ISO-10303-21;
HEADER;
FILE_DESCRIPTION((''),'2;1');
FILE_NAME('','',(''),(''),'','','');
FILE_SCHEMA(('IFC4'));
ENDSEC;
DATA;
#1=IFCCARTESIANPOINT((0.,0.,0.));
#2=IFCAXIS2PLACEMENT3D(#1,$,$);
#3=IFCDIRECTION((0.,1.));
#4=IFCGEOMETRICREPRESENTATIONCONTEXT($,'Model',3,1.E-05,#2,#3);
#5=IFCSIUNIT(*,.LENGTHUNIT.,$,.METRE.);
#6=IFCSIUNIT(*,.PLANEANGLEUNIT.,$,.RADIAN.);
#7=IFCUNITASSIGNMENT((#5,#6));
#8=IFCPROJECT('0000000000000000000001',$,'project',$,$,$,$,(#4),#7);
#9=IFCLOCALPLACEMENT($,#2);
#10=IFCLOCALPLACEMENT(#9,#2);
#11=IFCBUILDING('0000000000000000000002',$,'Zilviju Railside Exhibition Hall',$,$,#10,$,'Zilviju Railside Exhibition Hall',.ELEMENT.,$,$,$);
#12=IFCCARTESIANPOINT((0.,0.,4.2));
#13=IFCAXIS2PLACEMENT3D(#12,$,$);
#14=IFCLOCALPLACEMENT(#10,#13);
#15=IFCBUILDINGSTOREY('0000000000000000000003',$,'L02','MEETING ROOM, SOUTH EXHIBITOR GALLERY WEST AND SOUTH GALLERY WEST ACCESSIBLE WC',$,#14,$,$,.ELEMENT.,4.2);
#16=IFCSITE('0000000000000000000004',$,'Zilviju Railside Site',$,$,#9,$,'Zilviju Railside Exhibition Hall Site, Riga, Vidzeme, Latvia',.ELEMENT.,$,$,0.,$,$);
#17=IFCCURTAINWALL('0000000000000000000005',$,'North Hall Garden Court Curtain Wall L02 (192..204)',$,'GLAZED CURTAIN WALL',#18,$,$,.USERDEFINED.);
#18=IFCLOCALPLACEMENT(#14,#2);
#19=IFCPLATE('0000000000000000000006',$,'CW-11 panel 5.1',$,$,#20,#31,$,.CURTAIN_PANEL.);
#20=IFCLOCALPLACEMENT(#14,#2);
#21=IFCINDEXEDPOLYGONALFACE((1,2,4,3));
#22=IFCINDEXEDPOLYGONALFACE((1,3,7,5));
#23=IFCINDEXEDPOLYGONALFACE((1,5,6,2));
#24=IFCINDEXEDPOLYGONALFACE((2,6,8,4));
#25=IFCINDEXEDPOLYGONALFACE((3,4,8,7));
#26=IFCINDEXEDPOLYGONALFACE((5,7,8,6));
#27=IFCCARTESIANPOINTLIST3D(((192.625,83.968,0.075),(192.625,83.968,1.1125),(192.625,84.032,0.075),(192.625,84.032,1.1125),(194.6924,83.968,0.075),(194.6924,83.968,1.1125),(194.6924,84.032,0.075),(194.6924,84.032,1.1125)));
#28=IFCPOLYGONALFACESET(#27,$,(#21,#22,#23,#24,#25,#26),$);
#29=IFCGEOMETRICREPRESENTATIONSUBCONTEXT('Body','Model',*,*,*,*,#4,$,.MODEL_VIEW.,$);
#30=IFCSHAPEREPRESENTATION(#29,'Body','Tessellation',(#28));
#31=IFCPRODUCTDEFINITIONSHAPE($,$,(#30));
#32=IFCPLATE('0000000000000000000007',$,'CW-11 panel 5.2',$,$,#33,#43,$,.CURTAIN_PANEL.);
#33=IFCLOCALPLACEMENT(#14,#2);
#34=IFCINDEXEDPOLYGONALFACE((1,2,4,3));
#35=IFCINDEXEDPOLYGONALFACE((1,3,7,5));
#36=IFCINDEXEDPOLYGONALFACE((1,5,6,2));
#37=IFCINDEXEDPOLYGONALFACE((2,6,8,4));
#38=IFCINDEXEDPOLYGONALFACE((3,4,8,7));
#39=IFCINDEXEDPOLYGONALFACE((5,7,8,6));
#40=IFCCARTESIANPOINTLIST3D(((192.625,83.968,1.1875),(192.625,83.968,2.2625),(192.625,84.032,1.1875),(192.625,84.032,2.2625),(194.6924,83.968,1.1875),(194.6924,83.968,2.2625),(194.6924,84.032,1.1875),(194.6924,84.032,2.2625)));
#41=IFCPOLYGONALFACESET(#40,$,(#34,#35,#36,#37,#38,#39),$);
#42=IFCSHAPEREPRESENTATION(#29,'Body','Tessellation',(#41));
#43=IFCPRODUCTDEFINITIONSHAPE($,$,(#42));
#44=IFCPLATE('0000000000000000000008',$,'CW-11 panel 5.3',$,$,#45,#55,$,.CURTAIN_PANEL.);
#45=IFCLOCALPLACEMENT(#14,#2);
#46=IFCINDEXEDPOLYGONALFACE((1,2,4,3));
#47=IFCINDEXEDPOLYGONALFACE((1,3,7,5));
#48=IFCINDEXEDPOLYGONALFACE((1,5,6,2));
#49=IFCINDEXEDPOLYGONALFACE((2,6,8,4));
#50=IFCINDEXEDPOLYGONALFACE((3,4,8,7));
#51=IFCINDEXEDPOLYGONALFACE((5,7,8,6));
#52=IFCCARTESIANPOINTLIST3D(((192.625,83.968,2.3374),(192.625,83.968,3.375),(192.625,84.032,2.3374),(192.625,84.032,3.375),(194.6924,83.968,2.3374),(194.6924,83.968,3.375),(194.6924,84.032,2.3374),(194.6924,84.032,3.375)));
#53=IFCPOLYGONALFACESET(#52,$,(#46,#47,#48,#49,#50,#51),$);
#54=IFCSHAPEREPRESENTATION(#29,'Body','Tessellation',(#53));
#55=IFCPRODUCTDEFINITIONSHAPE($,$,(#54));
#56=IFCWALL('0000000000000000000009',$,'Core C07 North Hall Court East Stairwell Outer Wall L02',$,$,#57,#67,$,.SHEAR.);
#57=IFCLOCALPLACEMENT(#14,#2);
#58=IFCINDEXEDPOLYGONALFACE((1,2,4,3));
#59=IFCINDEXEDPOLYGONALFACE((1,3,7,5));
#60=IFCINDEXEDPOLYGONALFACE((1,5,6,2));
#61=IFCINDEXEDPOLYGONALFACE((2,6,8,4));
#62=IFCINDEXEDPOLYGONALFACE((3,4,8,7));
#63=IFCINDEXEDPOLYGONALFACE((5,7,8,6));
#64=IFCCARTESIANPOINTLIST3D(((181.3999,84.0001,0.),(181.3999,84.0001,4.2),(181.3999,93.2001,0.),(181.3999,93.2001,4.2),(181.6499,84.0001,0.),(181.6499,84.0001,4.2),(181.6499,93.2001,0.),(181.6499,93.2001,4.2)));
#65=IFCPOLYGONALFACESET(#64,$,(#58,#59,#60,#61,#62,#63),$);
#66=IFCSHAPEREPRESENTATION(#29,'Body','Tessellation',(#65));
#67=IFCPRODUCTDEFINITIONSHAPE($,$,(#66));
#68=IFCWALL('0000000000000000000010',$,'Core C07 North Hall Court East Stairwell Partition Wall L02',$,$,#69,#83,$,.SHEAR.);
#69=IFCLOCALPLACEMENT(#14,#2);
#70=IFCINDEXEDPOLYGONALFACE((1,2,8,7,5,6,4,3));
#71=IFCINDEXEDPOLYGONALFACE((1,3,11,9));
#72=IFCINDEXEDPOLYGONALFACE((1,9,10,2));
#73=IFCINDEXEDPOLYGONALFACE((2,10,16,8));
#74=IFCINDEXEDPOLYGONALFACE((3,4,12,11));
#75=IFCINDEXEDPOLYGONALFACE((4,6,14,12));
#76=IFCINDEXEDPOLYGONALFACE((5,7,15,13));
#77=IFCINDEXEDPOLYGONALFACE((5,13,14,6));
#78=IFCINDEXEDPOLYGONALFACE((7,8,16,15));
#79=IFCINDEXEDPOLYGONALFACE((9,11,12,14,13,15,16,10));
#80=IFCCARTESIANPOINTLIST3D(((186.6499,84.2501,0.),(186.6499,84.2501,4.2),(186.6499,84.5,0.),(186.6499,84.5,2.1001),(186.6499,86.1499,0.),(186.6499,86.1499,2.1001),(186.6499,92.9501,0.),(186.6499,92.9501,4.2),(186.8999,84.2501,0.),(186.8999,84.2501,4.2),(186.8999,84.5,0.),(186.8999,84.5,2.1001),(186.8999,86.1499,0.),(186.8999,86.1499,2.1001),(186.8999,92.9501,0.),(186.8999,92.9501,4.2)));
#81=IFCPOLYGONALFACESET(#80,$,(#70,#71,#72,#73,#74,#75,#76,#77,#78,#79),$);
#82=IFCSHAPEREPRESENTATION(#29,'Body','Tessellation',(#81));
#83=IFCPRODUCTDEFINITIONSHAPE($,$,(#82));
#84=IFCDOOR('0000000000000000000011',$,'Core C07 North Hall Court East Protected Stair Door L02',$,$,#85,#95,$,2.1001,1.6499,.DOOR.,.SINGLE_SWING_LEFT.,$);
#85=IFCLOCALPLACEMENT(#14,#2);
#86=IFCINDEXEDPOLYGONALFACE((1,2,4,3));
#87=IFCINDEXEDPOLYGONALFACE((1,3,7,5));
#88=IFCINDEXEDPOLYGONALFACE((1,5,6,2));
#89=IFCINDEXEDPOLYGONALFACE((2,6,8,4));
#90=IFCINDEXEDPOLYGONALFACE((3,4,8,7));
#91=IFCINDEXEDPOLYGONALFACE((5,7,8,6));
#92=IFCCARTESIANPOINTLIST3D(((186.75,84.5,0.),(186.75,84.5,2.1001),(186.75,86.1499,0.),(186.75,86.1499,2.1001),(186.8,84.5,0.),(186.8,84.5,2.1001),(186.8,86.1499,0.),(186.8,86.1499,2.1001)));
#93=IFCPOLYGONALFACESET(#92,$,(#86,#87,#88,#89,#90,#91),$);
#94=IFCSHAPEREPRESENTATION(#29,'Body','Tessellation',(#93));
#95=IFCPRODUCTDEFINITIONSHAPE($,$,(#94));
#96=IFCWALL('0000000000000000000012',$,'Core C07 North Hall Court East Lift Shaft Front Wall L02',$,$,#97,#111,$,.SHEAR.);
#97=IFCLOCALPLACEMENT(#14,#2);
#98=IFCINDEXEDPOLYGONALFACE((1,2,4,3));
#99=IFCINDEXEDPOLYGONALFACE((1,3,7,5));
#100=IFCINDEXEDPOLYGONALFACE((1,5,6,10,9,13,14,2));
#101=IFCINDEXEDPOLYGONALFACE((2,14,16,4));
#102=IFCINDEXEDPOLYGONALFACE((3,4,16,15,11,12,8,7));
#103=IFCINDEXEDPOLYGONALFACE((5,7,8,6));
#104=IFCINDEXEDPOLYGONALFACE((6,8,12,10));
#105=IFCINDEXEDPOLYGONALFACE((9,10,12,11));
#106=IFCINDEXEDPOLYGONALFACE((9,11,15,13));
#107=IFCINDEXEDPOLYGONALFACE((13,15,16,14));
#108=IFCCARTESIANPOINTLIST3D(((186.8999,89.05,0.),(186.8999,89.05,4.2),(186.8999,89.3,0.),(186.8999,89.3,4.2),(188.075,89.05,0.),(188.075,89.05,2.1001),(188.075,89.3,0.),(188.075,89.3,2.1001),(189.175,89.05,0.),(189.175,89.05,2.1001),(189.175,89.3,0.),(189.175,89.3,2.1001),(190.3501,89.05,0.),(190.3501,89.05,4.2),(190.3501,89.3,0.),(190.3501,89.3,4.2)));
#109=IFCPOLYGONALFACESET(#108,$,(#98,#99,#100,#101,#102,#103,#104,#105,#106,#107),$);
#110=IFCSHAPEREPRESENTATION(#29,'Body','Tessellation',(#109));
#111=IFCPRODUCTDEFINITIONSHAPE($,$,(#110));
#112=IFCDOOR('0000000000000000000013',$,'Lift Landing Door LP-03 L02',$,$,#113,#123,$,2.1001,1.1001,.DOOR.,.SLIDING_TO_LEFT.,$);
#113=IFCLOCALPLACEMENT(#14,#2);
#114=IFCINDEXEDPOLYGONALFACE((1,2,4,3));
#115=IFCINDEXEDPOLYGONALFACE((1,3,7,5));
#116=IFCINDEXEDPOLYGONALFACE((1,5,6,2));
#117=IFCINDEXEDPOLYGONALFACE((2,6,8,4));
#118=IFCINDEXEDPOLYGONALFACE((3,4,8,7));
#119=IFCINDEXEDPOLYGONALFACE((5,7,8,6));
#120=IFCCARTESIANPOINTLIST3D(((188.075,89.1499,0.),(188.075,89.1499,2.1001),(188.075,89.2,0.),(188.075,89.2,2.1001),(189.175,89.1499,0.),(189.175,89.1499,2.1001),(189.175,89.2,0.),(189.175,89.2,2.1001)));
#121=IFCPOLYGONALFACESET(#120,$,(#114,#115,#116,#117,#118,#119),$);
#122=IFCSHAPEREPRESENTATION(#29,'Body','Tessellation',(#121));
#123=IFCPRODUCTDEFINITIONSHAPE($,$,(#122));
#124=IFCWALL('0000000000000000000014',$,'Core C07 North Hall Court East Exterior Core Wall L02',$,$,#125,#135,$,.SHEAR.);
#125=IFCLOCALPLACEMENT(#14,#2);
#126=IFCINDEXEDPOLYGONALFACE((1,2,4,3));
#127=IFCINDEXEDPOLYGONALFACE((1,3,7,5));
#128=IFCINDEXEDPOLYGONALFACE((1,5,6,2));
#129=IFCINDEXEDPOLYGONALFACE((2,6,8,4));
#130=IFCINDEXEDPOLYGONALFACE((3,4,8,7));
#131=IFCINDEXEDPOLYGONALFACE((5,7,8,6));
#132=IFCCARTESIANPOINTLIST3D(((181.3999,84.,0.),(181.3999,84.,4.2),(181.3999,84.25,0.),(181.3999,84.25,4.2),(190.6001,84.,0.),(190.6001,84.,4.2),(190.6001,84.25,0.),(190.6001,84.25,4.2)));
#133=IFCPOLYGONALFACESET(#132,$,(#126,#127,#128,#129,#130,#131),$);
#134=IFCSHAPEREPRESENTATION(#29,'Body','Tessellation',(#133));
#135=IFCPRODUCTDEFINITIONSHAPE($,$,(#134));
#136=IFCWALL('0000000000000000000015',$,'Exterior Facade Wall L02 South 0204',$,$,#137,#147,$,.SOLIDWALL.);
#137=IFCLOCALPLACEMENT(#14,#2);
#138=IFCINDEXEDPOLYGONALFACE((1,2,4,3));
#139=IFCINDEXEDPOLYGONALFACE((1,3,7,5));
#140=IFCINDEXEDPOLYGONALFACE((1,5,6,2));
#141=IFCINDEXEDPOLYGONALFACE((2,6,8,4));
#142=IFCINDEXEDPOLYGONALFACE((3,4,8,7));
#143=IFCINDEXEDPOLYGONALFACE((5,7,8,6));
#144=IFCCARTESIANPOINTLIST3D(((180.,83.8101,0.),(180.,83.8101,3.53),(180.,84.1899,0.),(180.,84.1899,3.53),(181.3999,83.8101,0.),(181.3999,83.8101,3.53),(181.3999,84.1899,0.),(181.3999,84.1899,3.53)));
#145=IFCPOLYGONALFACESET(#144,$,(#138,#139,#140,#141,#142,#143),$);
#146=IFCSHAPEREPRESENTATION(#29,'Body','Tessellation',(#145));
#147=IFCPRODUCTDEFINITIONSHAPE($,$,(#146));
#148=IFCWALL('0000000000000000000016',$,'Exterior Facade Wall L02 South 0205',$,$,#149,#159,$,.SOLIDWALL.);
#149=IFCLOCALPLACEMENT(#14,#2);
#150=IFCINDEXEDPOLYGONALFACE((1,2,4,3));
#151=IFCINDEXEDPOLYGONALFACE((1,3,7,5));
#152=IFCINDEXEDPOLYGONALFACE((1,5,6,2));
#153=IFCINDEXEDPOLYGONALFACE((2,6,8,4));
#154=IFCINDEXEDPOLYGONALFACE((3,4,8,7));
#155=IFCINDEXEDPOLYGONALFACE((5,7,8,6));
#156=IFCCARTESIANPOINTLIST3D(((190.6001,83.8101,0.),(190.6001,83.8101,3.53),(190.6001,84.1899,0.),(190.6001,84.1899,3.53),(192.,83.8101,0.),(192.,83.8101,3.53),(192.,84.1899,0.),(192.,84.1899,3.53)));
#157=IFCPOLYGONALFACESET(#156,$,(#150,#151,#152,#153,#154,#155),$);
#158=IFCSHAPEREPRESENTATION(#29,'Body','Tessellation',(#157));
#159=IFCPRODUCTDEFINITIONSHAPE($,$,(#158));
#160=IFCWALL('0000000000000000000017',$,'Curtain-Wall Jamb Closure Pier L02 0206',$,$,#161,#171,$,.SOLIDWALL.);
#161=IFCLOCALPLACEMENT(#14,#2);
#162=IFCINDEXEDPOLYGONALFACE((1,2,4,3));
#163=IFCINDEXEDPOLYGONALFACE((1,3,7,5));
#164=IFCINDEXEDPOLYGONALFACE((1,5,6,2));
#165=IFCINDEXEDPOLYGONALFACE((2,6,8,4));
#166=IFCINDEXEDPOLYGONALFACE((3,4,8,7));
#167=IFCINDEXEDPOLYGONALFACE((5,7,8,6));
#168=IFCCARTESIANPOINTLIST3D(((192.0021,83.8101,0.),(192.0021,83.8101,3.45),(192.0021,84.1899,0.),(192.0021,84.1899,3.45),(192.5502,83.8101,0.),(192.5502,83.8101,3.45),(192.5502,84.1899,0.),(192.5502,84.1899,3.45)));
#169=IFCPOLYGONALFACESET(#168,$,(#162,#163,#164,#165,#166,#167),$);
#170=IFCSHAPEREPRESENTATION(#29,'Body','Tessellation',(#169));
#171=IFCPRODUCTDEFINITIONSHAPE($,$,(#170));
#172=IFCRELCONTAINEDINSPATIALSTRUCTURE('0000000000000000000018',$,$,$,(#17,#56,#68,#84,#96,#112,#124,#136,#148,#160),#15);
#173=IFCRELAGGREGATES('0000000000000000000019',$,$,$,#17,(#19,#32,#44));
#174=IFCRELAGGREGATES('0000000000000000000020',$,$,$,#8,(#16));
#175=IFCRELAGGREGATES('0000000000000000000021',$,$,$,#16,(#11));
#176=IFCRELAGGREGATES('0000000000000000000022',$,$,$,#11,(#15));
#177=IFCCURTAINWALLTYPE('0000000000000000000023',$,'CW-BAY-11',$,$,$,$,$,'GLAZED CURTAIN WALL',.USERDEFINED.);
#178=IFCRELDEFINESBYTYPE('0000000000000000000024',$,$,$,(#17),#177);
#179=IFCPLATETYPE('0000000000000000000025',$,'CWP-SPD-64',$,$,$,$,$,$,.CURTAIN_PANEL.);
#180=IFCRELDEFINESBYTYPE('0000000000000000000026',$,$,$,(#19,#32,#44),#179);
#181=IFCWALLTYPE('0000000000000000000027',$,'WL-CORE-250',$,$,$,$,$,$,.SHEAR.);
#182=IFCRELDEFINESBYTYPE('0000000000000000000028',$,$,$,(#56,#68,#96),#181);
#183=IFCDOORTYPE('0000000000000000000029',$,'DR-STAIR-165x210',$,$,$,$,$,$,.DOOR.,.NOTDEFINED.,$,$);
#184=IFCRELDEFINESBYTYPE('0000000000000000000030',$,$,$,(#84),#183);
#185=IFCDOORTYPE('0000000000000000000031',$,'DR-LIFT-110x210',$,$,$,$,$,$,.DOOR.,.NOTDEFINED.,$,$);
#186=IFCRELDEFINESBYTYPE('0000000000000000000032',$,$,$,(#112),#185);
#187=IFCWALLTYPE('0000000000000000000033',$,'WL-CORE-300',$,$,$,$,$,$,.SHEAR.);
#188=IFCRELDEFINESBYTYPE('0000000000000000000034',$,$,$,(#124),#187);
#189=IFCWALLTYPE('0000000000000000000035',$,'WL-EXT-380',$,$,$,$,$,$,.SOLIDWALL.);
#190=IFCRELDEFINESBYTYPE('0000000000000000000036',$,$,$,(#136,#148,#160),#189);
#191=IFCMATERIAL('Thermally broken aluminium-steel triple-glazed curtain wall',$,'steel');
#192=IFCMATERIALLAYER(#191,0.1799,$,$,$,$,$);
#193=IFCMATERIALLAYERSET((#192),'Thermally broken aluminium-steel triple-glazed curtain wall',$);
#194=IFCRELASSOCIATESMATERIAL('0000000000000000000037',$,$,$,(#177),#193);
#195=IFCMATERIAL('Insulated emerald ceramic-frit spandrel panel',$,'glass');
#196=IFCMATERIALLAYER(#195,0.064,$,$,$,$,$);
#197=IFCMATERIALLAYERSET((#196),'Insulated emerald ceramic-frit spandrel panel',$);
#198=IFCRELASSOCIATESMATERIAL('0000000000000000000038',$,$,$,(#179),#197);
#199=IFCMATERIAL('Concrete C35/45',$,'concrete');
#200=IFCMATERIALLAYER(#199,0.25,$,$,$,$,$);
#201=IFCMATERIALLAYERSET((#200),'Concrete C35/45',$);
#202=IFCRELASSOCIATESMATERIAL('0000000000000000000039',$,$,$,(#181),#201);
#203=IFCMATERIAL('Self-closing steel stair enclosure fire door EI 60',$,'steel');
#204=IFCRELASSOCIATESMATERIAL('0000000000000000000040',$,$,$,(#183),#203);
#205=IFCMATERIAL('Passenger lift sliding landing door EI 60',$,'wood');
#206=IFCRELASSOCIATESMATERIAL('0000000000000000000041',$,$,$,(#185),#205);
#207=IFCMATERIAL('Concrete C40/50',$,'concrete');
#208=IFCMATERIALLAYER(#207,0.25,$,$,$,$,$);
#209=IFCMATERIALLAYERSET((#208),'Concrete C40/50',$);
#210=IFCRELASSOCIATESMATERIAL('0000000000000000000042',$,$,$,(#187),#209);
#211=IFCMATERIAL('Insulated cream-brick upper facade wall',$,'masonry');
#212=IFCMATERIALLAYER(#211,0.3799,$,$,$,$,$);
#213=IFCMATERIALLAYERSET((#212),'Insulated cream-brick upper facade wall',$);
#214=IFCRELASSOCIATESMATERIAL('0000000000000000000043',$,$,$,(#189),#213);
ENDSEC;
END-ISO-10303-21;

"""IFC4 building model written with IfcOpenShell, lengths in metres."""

from ifc_helpers import new_model, si_unit, direction, frame, frame_2d, origin, origin_2d, place, context, subcontext, project, spatial, rectangle, extrude, material, layer, layer_set, type_object, element, fill, aggregate, save


model = new_model("IFC4")

# Units and contexts
model_context = context("Model", 3, precision=1e-05, world=origin(), true_north=direction((0.0, 1.0)))
body_context = subcontext(model_context, "Body", "Model", "MODEL_VIEW")
ifc_project = project(units=[si_unit("LENGTHUNIT", "METRE"), si_unit("PLANEANGLEUNIT", "RADIAN")], contexts=[model_context])

# Site, building, storey
site_placement = place(None, origin())
site = spatial("IfcSite", under=ifc_project, at=site_placement, Name="Zilviju Railside Site", LongName="Zilviju Railside Exhibition Hall Site, Riga, Vidzeme, Latvia", CompositionType="ELEMENT", RefElevation=0.0)
building_placement = place(site_placement, origin())
building = spatial("IfcBuilding", under=site, at=building_placement, Name="Zilviju Railside Exhibition Hall", LongName="Zilviju Railside Exhibition Hall", CompositionType="ELEMENT")
storey_placement = place(building_placement, frame((0.0, 0.0, 4.2)))
storey = spatial("IfcBuildingStorey", under=building, at=storey_placement, Name="L02", Description="MEETING ROOM, SOUTH EXHIBITOR GALLERY WEST AND SOUTH GALLERY WEST ACCESSIBLE WC", CompositionType="ELEMENT", Elevation=4.2)

# Shared definitions
ifc_material_1 = material(Name="Concrete C40/50", Category="concrete")

# Curtain wall, plates
ifc_material_2 = material(Name="Thermally broken aluminium-steel triple-glazed curtain wall", Category="steel")
ifc_layer_1 = layer(ifc_material_2, 0.1799)
ifc_layer_set_1 = layer_set([ifc_layer_1], Name="Thermally broken aluminium-steel triple-glazed curtain wall")
curtain_wall_type = type_object("IfcCurtainWallType", Name="CW-BAY-11", ElementType="GLAZED CURTAIN WALL", PredefinedType="USERDEFINED", material=ifc_layer_set_1)
curtain_wall_placement = place(storey_placement, origin())
curtain_wall = element("IfcCurtainWall", 1, at=curtain_wall_placement, inside=storey, type_object=curtain_wall_type, Name="North Hall Garden Court Curtain Wall L02 (192..204)", ObjectType="GLAZED CURTAIN WALL", PredefinedType="USERDEFINED")
ifc_material_3 = material(Name="Insulated emerald ceramic-frit spandrel panel", Category="glass")
ifc_layer_2 = layer(ifc_material_3, 0.064)
ifc_layer_set_2 = layer_set([ifc_layer_2], Name="Insulated emerald ceramic-frit spandrel panel")
plate_type = type_object("IfcPlateType", Name="CWP-SPD-64", PredefinedType="CURTAIN_PANEL", material=ifc_layer_set_2)
plate_1_placement = place(storey_placement, frame((193.6587, 84.0, 0.075), z_axis=(0.0, 0.0, 1.0), x_axis=(-1.0, 0.0, 0.0)))
plate_1 = element("IfcPlate", 2, at=plate_1_placement, type_object=plate_type, Name="CW-11 panel 5.1", PredefinedType="CURTAIN_PANEL", context=body_context, shape_type="SweptSolid", body=[
    extrude(rectangle(XDim=2.0674, YDim=0.064, at=origin_2d()), origin(), (0.0, 0.0, 1.0), 1.0376),
])
plate_2_placement = place(storey_placement, frame((193.6587, 84.0, 1.1875), z_axis=(0.0, 0.0, 1.0), x_axis=(-1.0, 0.0, 0.0)))
plate_2 = element("IfcPlate", 3, at=plate_2_placement, type_object=plate_type, Name="CW-11 panel 5.2", PredefinedType="CURTAIN_PANEL", context=body_context, shape_type="SweptSolid", body=[
    extrude(rectangle(XDim=2.0674, YDim=0.064, at=origin_2d()), origin(), (0.0, 0.0, 1.0), 1.075),
])
plate_3_placement = place(storey_placement, frame((193.6587, 84.0, 2.3374), z_axis=(0.0, 0.0, 1.0), x_axis=(-1.0, 0.0, 0.0)))
plate_3 = element("IfcPlate", 4, at=plate_3_placement, type_object=plate_type, Name="CW-11 panel 5.3", PredefinedType="CURTAIN_PANEL", context=body_context, shape_type="SweptSolid", body=[
    extrude(rectangle(XDim=2.0674, YDim=0.064, at=origin_2d()), origin(), (0.0, 0.0, 1.0), 1.0376),
])
aggregate(curtain_wall, [plate_1, plate_2, plate_3])

# Wall
ifc_material_4 = material(Name="Concrete C35/45", Category="concrete")
ifc_layer_3 = layer(ifc_material_4, 0.25)
ifc_layer_set_3 = layer_set([ifc_layer_3], Name="Concrete C35/45")
wall_type_1 = type_object("IfcWallType", Name="WL-CORE-250", PredefinedType="SHEAR", material=ifc_layer_set_3)
wall_1_placement = place(storey_placement, frame((181.5249, 84.0, 0.0), z_axis=(0.0, 0.0, 1.0), x_axis=(0.0, 1.0, 0.0)))
element("IfcWall", 5, at=wall_1_placement, inside=storey, type_object=wall_type_1, Name="Core C07 North Hall Court East Stairwell Outer Wall L02", PredefinedType="SHEAR", context=body_context, shape_type="SweptSolid", body=[
    extrude(rectangle(XDim=9.2, YDim=0.25, at=frame_2d((4.6001, 0.0))), origin(), (0.0, 0.0, 1.0), 4.2),
])

# Walls, openings, doors
wall_2_placement = place(storey_placement, frame((186.7749, 84.25, 0.0), z_axis=(0.0, 0.0, 1.0), x_axis=(0.0, 1.0, 0.0)))
wall_2 = element("IfcWall", 6, at=wall_2_placement, inside=storey, type_object=wall_type_1, Name="Core C07 North Hall Court East Stairwell Partition Wall L02", PredefinedType="SHEAR", context=body_context, shape_type="SweptSolid", body=[
    extrude(rectangle(XDim=8.7, YDim=0.25, at=frame_2d((4.3501, 0.0))), origin(), (0.0, 0.0, 1.0), 4.2),
])
opening_1_placement = place(wall_2_placement, frame((0.25, 0.0, 0.0)))
opening_1 = element("IfcOpeningElement", 7, at=opening_1_placement, cuts=wall_2, PredefinedType="OPENING", context=body_context, shape_type="SweptSolid", body=[
    extrude(rectangle(XDim=1.6499, YDim=2.1001, at=frame_2d((0.825, 1.05))), frame((0.0, 0.135, 0.0), z_axis=(0.0, -1.0, 0.0), x_axis=(1.0, 0.0, 0.0)), (0.0, 0.0, 1.0), 0.27),
])
ifc_material_5 = material(Name="Self-closing steel stair enclosure fire door EI 60", Category="steel")
door_type_1 = type_object("IfcDoorType", Name="DR-STAIR-165x210", OperationType="NOTDEFINED", PredefinedType="DOOR", material=ifc_material_5)
door_1_placement = place(opening_1_placement, origin())
door_1 = element("IfcDoor", 8, at=door_1_placement, inside=storey, type_object=door_type_1, Name="Core C07 North Hall Court East Protected Stair Door L02", OperationType="SINGLE_SWING_LEFT", OverallHeight=2.1001, OverallWidth=1.6499, PredefinedType="DOOR", context=body_context, shape_type="SweptSolid", body=[
    extrude(rectangle(XDim=1.6499, YDim=2.1001, at=frame_2d((0.825, 1.05))), frame((0.0, 0.0249, 0.0), z_axis=(0.0, -1.0, 0.0), x_axis=(1.0, 0.0, 0.0)), (0.0, 0.0, 1.0), 0.05),
])
fill(opening_1, door_1)
wall_3_placement = place(storey_placement, frame((186.8999, 89.175, 0.0), z_axis=(0.0, 0.0, 1.0), x_axis=(1.0, 0.0, 0.0)))
wall_3 = element("IfcWall", 9, at=wall_3_placement, inside=storey, type_object=wall_type_1, Name="Core C07 North Hall Court East Lift Shaft Front Wall L02", PredefinedType="SHEAR", context=body_context, shape_type="SweptSolid", body=[
    extrude(rectangle(XDim=3.4502, YDim=0.25, at=frame_2d((1.7251, 0.0))), origin(), (0.0, 0.0, 1.0), 4.2),
])
opening_2_placement = place(wall_3_placement, frame((1.175, 0.0, 0.0)))
opening_2 = element("IfcOpeningElement", 10, at=opening_2_placement, cuts=wall_3, PredefinedType="OPENING", context=body_context, shape_type="SweptSolid", body=[
    extrude(rectangle(XDim=1.1001, YDim=2.1001, at=frame_2d((0.55, 1.05))), frame((0.0, 0.135, 0.0), z_axis=(0.0, -1.0, 0.0), x_axis=(1.0, 0.0, 0.0)), (0.0, 0.0, 1.0), 0.27),
])
ifc_material_6 = material(Name="Passenger lift sliding landing door EI 60", Category="wood")
door_type_2 = type_object("IfcDoorType", Name="DR-LIFT-110x210", OperationType="NOTDEFINED", PredefinedType="DOOR", material=ifc_material_6)
door_2_placement = place(opening_2_placement, origin())
door_2 = element("IfcDoor", 11, at=door_2_placement, inside=storey, type_object=door_type_2, Name="Lift Landing Door LP-03 L02", OperationType="SLIDING_TO_LEFT", OverallHeight=2.1001, OverallWidth=1.1001, PredefinedType="DOOR", context=body_context, shape_type="SweptSolid", body=[
    extrude(rectangle(XDim=1.1001, YDim=2.1001, at=frame_2d((0.55, 1.05))), frame((0.0, 0.0249, 0.0), z_axis=(0.0, -1.0, 0.0), x_axis=(1.0, 0.0, 0.0)), (0.0, 0.0, 1.0), 0.05),
])
fill(opening_2, door_2)

# Walls
ifc_layer_4 = layer(ifc_material_1, 0.25)
ifc_layer_set_4 = layer_set([ifc_layer_4], Name="Concrete C40/50")
wall_type_2 = type_object("IfcWallType", Name="WL-CORE-300", PredefinedType="SHEAR", material=ifc_layer_set_4)
wall_4_placement = place(storey_placement, frame((190.6001, 84.125, 0.0), z_axis=(0.0, 0.0, 1.0), x_axis=(-1.0, 0.0, 0.0)))
element("IfcWall", 12, at=wall_4_placement, inside=storey, type_object=wall_type_2, Name="Core C07 North Hall Court East Exterior Core Wall L02", PredefinedType="SHEAR", context=body_context, shape_type="SweptSolid", body=[
    extrude(rectangle(XDim=9.2002, YDim=0.25, at=frame_2d((4.6001, 0.0))), origin(), (0.0, 0.0, 1.0), 4.2),
])
ifc_material_7 = material(Name="Insulated cream-brick upper facade wall", Category="masonry")
ifc_layer_5 = layer(ifc_material_7, 0.3799)
ifc_layer_set_5 = layer_set([ifc_layer_5], Name="Insulated cream-brick upper facade wall")
wall_type_3 = type_object("IfcWallType", Name="WL-EXT-380", PredefinedType="SOLIDWALL", material=ifc_layer_set_5)
for number, where, z_axis, x_axis, name in (
    (13, (181.3999, 84.0, 0.0), (0.0, 0.0, 1.0), (-1.0, 0.0, 0.0), "Exterior Facade Wall L02 South 0204"),
    (14, (192.0, 84.0, 0.0), (0.0, 0.0, 1.0), (-1.0, 0.0, 0.0), "Exterior Facade Wall L02 South 0205"),
):
    element("IfcWall", number, at=place(storey_placement, frame(where, z_axis=z_axis, x_axis=x_axis)), inside=storey, type_object=wall_type_3, Name=name, PredefinedType="SOLIDWALL", context=body_context, shape_type="SweptSolid", body=[
        extrude(rectangle(XDim=1.3999, YDim=0.3799, at=frame_2d((0.7, 0.0))), origin(), (0.0, 0.0, 1.0), 3.53),
    ])
wall_5_placement = place(storey_placement, frame((192.55, 84.0, 0.0), z_axis=(0.0, 0.0, 1.0), x_axis=(-1.0, 0.0, 0.0)))
element("IfcWall", 15, at=wall_5_placement, inside=storey, type_object=wall_type_3, Name="Curtain-Wall Jamb Closure Pier L02 0206", PredefinedType="SOLIDWALL", context=body_context, shape_type="SweptSolid", body=[
    extrude(rectangle(XDim=0.5481, YDim=0.3799, at=frame_2d((0.2739, 0.0))), origin(), (0.0, 0.0, 1.0), 3.45),
])

save(model, "model.ifc")
